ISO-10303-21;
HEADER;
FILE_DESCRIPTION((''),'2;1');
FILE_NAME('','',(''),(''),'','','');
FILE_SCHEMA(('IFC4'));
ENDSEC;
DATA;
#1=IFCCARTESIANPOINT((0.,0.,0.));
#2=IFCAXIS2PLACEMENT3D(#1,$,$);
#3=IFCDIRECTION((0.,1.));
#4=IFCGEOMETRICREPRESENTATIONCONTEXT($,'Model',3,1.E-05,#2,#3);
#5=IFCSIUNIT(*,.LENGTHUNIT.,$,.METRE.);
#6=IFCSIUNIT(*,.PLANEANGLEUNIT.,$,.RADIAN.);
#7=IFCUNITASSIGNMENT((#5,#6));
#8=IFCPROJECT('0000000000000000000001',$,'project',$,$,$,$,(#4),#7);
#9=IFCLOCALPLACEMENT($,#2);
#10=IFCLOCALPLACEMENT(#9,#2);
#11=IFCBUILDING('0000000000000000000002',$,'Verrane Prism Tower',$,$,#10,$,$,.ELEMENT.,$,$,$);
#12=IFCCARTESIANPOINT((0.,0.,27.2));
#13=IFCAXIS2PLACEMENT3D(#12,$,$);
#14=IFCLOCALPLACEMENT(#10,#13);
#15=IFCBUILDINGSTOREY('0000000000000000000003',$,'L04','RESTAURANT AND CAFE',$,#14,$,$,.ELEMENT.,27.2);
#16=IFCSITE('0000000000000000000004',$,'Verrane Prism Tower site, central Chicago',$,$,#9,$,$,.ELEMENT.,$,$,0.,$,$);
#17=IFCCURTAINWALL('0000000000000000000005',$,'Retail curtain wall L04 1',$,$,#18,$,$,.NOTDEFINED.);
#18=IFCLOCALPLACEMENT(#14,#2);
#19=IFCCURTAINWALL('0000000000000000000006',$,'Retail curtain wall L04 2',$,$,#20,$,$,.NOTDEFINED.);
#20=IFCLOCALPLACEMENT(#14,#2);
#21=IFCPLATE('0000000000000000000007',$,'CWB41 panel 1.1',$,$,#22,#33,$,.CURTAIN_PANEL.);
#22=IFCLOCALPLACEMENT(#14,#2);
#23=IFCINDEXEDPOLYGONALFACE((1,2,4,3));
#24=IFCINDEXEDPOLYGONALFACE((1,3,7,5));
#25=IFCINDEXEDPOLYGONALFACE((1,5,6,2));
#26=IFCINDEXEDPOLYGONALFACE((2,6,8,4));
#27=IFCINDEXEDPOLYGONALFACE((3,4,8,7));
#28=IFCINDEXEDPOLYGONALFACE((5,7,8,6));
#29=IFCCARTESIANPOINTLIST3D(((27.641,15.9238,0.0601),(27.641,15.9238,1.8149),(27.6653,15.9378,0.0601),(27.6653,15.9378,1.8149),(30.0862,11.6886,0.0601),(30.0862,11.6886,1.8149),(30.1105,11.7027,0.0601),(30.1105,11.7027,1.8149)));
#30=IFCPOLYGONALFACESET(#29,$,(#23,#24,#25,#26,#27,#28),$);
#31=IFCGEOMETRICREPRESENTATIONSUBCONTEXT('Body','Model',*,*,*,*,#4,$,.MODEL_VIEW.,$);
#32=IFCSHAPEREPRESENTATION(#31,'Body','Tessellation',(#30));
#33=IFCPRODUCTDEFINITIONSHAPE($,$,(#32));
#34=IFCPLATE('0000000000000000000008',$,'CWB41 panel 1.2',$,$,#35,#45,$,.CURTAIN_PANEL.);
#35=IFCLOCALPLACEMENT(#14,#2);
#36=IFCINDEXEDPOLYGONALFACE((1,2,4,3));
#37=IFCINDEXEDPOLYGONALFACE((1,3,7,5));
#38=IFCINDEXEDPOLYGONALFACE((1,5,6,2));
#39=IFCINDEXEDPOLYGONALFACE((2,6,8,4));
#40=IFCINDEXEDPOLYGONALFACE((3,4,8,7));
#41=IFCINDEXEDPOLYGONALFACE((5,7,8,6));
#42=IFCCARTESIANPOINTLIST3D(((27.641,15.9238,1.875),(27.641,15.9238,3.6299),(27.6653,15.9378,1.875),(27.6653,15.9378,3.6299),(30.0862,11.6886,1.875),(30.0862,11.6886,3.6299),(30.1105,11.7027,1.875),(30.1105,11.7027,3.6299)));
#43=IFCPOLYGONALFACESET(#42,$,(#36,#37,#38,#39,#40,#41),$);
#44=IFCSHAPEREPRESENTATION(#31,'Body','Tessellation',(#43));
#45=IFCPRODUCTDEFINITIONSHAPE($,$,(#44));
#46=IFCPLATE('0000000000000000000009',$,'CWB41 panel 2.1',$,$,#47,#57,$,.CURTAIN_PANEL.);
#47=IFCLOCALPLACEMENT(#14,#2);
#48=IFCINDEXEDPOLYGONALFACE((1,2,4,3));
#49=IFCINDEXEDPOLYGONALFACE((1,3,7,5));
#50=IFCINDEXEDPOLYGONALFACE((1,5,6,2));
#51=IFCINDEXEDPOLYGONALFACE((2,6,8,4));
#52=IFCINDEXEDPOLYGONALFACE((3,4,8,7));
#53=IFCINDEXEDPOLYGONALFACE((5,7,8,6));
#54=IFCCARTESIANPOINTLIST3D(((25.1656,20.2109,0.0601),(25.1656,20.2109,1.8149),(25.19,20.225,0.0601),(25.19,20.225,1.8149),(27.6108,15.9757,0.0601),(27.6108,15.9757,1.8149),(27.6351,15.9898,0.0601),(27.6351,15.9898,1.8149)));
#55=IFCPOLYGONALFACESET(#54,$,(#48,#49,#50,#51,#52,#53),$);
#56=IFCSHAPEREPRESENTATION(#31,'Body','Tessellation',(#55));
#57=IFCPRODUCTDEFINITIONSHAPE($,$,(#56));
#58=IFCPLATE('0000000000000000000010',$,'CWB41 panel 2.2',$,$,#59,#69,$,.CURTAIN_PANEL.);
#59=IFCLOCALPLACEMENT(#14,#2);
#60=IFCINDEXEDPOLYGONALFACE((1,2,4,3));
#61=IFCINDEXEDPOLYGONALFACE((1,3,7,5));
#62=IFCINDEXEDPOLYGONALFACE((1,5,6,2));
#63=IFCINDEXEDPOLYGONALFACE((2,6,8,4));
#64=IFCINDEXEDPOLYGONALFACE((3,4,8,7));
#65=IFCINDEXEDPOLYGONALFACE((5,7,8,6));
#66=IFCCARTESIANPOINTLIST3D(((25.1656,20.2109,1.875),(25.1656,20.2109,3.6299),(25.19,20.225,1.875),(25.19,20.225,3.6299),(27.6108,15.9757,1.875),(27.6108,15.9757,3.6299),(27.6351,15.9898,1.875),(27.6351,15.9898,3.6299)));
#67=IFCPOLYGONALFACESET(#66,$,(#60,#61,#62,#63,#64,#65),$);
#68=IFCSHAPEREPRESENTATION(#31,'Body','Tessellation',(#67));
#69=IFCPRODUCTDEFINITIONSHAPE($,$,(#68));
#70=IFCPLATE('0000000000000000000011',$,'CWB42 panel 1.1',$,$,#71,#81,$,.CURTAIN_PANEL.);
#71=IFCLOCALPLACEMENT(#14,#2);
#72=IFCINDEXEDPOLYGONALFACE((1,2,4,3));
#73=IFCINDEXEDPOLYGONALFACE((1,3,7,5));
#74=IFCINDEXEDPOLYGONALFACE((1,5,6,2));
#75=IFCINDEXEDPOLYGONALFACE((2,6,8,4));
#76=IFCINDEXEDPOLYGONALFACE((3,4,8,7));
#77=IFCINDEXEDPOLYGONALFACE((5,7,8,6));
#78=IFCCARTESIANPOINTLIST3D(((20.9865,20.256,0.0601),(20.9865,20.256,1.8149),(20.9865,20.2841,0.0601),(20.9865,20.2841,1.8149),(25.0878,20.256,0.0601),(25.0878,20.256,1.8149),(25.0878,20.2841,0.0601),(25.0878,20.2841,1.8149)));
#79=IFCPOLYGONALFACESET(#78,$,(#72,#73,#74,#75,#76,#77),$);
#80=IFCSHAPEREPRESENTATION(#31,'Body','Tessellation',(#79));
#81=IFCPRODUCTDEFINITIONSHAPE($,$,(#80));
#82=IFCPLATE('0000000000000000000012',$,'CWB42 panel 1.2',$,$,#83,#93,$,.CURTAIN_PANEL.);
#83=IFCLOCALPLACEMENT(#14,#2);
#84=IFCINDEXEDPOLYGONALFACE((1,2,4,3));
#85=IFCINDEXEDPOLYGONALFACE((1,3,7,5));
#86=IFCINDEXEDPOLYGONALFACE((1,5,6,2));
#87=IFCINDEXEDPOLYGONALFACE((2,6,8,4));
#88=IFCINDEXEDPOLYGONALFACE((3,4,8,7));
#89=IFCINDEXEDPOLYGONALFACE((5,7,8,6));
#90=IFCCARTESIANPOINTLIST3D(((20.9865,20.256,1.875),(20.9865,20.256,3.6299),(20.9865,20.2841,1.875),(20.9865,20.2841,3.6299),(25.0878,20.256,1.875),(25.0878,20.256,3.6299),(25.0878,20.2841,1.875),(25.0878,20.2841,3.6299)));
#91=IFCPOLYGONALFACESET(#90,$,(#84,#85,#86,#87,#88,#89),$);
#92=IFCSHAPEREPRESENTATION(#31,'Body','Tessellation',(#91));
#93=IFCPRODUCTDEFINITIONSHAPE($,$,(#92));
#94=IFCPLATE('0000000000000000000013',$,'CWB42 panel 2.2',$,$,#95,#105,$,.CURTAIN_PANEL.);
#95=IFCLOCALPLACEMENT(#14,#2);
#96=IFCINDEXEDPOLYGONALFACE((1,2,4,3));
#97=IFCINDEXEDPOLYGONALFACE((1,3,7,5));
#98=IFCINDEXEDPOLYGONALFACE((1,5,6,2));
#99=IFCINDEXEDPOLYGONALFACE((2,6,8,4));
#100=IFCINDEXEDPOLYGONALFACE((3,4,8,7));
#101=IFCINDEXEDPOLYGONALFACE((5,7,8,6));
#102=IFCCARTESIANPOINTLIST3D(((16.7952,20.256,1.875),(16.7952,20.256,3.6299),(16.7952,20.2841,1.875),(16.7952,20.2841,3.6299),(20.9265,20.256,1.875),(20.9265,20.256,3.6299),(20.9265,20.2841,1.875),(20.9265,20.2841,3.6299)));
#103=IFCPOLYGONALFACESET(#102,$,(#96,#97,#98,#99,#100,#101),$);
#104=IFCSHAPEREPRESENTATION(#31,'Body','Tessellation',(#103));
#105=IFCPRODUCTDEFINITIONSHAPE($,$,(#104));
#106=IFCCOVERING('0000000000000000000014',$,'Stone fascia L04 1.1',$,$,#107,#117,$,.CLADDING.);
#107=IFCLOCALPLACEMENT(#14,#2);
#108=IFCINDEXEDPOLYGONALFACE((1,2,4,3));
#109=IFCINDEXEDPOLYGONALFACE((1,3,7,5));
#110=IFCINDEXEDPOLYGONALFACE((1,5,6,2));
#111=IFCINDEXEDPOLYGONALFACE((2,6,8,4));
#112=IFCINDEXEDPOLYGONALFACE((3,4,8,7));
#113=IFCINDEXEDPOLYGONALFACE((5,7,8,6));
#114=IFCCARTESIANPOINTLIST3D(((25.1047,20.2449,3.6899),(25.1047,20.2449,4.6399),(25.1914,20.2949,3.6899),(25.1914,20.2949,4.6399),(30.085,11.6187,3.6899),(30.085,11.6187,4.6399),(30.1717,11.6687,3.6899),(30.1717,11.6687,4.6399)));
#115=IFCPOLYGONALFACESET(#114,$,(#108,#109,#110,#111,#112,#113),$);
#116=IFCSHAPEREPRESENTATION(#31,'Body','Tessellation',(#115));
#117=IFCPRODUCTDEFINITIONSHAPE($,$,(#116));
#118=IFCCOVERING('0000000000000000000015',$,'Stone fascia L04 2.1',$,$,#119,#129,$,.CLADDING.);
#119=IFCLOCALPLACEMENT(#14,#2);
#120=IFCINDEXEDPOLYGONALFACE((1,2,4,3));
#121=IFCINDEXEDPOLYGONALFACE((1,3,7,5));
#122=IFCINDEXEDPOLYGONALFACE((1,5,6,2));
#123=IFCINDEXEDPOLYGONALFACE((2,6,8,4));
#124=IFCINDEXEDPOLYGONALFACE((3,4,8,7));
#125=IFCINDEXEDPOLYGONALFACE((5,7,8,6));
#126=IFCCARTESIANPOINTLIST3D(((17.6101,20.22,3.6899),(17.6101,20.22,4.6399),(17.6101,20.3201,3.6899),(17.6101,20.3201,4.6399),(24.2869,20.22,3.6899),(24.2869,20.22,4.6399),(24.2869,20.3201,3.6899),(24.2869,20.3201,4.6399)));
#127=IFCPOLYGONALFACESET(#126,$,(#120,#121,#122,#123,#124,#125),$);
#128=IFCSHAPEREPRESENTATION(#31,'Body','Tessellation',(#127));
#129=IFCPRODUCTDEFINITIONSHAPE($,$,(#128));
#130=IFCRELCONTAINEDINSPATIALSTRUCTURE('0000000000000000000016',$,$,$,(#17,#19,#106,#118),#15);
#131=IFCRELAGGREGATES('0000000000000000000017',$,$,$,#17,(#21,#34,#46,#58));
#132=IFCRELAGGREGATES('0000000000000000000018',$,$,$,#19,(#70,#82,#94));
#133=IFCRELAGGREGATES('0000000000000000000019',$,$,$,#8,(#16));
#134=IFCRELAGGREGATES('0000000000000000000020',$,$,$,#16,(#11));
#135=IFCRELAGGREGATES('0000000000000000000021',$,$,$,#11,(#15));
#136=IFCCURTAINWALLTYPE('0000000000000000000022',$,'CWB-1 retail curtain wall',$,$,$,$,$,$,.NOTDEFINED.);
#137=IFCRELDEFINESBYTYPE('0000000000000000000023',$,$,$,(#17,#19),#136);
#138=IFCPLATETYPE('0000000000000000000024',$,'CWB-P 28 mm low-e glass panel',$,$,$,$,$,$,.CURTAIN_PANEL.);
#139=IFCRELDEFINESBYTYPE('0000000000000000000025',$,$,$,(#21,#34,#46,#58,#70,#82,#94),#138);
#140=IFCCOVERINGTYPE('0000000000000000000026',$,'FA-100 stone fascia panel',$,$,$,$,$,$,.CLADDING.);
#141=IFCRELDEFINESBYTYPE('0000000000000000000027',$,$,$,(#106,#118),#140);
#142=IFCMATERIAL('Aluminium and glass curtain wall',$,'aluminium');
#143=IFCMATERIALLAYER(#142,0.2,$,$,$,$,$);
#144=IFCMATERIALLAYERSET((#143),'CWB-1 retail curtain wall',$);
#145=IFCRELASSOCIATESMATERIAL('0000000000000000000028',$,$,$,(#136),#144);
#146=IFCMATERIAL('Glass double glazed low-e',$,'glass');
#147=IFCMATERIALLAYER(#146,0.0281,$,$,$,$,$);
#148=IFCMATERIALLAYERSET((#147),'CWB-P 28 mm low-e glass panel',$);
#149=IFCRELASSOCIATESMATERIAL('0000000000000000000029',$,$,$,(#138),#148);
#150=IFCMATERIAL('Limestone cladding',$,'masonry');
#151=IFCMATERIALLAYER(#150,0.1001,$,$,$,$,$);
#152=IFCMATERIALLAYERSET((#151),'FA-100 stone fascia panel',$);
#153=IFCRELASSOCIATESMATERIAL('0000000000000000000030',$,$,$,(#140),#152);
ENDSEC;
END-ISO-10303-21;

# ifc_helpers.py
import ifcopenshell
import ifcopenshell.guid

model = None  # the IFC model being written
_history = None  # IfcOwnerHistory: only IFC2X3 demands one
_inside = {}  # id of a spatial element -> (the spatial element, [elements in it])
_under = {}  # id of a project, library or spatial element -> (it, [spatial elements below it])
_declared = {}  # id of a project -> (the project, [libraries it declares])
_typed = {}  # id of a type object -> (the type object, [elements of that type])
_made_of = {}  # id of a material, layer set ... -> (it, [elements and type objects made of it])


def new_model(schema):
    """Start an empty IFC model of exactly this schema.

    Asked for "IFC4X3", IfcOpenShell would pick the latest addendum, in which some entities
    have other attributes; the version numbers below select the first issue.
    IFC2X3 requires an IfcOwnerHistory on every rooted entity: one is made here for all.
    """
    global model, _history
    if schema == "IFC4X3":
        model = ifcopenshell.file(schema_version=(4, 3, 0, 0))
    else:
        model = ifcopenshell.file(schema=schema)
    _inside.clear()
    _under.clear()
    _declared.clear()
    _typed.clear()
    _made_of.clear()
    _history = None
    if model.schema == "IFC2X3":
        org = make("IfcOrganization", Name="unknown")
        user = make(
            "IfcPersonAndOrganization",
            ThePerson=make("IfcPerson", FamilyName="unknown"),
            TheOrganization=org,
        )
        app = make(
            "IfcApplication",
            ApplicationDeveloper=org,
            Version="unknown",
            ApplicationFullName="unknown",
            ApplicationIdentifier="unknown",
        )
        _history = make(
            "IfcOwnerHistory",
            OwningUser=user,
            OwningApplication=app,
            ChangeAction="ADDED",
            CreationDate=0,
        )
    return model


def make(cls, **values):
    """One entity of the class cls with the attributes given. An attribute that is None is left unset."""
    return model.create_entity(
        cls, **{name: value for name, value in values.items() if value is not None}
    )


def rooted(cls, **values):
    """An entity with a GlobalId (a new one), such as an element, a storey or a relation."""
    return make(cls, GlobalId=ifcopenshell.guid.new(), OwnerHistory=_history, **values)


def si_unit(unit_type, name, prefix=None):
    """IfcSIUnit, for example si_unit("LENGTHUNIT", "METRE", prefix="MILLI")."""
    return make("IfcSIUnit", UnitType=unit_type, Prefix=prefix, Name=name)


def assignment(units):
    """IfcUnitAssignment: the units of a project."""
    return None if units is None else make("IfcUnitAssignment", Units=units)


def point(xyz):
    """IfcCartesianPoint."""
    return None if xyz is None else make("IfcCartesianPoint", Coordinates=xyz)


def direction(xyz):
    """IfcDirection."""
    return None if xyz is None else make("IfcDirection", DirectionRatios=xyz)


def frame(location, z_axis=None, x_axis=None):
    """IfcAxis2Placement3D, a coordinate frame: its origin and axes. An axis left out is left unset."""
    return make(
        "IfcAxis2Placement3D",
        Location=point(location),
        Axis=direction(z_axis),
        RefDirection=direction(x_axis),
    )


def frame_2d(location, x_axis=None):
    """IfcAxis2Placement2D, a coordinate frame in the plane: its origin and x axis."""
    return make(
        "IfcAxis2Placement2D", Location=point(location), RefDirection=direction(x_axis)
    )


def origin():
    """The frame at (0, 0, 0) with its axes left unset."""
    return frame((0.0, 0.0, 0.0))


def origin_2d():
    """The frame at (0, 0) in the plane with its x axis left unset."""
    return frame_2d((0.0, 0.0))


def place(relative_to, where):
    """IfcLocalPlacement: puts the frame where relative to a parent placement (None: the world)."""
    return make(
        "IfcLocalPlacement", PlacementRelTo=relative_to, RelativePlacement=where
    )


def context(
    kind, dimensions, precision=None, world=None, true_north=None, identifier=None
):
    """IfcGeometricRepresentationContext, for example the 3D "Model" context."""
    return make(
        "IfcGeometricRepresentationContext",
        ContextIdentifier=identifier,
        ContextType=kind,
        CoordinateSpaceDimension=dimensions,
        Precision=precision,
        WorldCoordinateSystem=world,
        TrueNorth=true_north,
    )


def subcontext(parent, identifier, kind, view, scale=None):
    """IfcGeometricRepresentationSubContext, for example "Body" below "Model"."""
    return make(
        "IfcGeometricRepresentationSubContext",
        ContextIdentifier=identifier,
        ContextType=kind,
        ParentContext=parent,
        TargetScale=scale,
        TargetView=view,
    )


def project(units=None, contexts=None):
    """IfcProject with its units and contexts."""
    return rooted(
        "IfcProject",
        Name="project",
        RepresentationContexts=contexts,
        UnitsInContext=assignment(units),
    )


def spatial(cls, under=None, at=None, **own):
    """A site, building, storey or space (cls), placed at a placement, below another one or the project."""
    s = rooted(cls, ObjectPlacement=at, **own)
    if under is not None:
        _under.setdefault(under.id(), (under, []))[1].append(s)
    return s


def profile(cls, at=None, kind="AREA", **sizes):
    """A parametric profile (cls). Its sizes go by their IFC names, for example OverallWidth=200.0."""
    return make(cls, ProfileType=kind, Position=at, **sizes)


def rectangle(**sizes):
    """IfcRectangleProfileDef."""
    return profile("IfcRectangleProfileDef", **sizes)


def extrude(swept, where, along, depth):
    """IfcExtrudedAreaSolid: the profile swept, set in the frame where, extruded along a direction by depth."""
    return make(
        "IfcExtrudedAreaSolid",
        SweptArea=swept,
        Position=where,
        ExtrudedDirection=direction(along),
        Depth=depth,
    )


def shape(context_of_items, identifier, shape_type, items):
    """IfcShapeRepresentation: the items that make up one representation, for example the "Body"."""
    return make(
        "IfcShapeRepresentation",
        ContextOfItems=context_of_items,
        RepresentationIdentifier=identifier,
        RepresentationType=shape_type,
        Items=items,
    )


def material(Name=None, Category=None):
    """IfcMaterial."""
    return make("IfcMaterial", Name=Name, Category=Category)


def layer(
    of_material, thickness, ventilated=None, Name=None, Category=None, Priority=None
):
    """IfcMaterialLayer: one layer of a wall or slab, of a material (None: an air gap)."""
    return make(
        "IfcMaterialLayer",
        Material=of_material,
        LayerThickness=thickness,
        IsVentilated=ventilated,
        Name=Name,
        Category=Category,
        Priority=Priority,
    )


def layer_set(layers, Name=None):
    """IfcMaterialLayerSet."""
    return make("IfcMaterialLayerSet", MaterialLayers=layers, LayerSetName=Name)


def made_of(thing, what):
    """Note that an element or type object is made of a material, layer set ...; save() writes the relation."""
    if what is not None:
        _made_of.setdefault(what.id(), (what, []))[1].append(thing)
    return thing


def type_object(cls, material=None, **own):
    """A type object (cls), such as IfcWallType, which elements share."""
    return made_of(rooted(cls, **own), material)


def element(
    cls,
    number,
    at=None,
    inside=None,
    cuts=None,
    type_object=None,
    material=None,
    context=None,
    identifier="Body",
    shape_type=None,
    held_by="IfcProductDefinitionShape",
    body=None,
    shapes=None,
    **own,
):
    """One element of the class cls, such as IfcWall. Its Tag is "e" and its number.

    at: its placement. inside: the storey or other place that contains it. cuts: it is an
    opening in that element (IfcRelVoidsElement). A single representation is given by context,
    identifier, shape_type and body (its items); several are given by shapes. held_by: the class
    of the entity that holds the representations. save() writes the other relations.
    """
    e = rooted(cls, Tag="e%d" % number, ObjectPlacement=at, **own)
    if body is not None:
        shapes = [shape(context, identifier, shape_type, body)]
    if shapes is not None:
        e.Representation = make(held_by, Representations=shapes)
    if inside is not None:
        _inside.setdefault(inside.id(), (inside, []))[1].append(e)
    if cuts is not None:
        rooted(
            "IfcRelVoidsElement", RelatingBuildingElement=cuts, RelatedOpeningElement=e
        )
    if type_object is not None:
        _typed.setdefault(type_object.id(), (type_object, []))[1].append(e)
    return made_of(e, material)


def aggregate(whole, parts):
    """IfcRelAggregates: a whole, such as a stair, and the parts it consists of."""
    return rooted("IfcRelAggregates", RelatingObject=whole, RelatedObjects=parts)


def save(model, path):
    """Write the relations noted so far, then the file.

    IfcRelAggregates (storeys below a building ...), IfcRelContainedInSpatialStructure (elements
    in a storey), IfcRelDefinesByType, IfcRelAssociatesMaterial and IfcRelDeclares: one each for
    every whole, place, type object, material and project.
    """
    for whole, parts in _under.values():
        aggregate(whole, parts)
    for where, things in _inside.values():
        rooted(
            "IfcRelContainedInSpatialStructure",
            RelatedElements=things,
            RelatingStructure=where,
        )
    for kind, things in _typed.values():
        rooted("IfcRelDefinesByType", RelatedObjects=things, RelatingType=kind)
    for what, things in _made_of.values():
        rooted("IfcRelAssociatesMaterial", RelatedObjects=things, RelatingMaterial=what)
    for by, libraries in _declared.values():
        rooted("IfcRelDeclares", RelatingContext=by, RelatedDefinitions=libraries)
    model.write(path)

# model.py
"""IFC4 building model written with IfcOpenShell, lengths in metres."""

from ifc_helpers import new_model, si_unit, direction, frame, origin, origin_2d, place, context, subcontext, project, spatial, rectangle, extrude, material, layer, layer_set, type_object, element, aggregate, save


model = new_model("IFC4")

# Units and contexts
model_context = context("Model", 3, precision=1e-05, world=origin(), true_north=direction((0.0, 1.0)))
body_context = subcontext(model_context, "Body", "Model", "MODEL_VIEW")
ifc_project = project(units=[si_unit("LENGTHUNIT", "METRE"), si_unit("PLANEANGLEUNIT", "RADIAN")], contexts=[model_context])

# Site, building, storey
site_placement = place(None, origin())
site = spatial("IfcSite", under=ifc_project, at=site_placement, Name="Verrane Prism Tower site, central Chicago", CompositionType="ELEMENT", RefElevation=0.0)
building_placement = place(site_placement, origin())
building = spatial("IfcBuilding", under=site, at=building_placement, Name="Verrane Prism Tower", CompositionType="ELEMENT")
storey_placement = place(building_placement, frame((0.0, 0.0, 27.2)))
storey = spatial("IfcBuildingStorey", under=building, at=storey_placement, Name="L04", Description="RESTAURANT AND CAFE", CompositionType="ELEMENT", Elevation=27.2)

# Curtain walls
ifc_material_1 = material(Name="Aluminium and glass curtain wall", Category="aluminium")
ifc_layer_1 = layer(ifc_material_1, 0.2)
ifc_layer_set_1 = layer_set([ifc_layer_1], Name="CWB-1 retail curtain wall")
curtain_wall_type = type_object("IfcCurtainWallType", Name="CWB-1 retail curtain wall", PredefinedType="NOTDEFINED", material=ifc_layer_set_1)
curtain_wall_1_placement = place(storey_placement, origin())
curtain_wall_1 = element("IfcCurtainWall", 1, at=curtain_wall_1_placement, inside=storey, type_object=curtain_wall_type, Name="Retail curtain wall L04 1", PredefinedType="NOTDEFINED")
curtain_wall_2_placement = place(storey_placement, origin())
curtain_wall_2 = element("IfcCurtainWall", 2, at=curtain_wall_2_placement, inside=storey, type_object=curtain_wall_type, Name="Retail curtain wall L04 2", PredefinedType="NOTDEFINED")

# Plates
ifc_material_2 = material(Name="Glass double glazed low-e", Category="glass")
ifc_layer_2 = layer(ifc_material_2, 0.0281)
ifc_layer_set_2 = layer_set([ifc_layer_2], Name="CWB-P 28 mm low-e glass panel")
plate_type = type_object("IfcPlateType", Name="CWB-P 28 mm low-e glass panel", PredefinedType="CURTAIN_PANEL", material=ifc_layer_set_2)
plate_1_placement = place(storey_placement, frame((28.8757, 13.8132, 0.0601), z_axis=(0.0, 0.0, 1.0), x_axis=(-0.499999, 0.866026, 0.0)))
plate_1 = element("IfcPlate", 3, at=plate_1_placement, type_object=plate_type, Name="CWB41 panel 1.1", PredefinedType="CURTAIN_PANEL", context=body_context, shape_type="SweptSolid", body=[
    extrude(rectangle(XDim=4.8904, YDim=0.0281, at=origin_2d()), origin(), (0.0, 0.0, 1.0), 1.7549),
])
plate_2_placement = place(storey_placement, frame((28.8757, 13.8132, 1.875), z_axis=(0.0, 0.0, 1.0), x_axis=(-0.499999, 0.866026, 0.0)))
plate_2 = element("IfcPlate", 4, at=plate_2_placement, type_object=plate_type, Name="CWB41 panel 1.2", PredefinedType="CURTAIN_PANEL", context=body_context, shape_type="SweptSolid", body=[
    extrude(rectangle(XDim=4.8904, YDim=0.0281, at=origin_2d()), origin(), (0.0, 0.0, 1.0), 1.7549),
])
plate_3_placement = place(storey_placement, frame((26.4004, 18.1003, 0.0601), z_axis=(0.0, 0.0, 1.0), x_axis=(-0.499999, 0.866026, 0.0)))
plate_3 = element("IfcPlate", 5, at=plate_3_placement, type_object=plate_type, Name="CWB41 panel 2.1", PredefinedType="CURTAIN_PANEL", context=body_context, shape_type="SweptSolid", body=[
    extrude(rectangle(XDim=4.8904, YDim=0.0281, at=origin_2d()), origin(), (0.0, 0.0, 1.0), 1.7549),
])
plate_4_placement = place(storey_placement, frame((26.4004, 18.1003, 1.875), z_axis=(0.0, 0.0, 1.0), x_axis=(-0.499999, 0.866026, 0.0)))
plate_4 = element("IfcPlate", 6, at=plate_4_placement, type_object=plate_type, Name="CWB41 panel 2.2", PredefinedType="CURTAIN_PANEL", context=body_context, shape_type="SweptSolid", body=[
    extrude(rectangle(XDim=4.8904, YDim=0.0281, at=origin_2d()), origin(), (0.0, 0.0, 1.0), 1.7549),
])
aggregate(curtain_wall_1, [plate_1, plate_2, plate_3, plate_4])
plate_5_placement = place(storey_placement, frame((23.0371, 20.27, 0.0601), z_axis=(0.0, 0.0, 1.0), x_axis=(-1.0, 0.0, 0.0)))
plate_5 = element("IfcPlate", 7, at=plate_5_placement, type_object=plate_type, Name="CWB42 panel 1.1", PredefinedType="CURTAIN_PANEL", context=body_context, shape_type="SweptSolid", body=[
    extrude(rectangle(XDim=4.1013, YDim=0.0281, at=origin_2d()), origin(), (0.0, 0.0, 1.0), 1.7549),
])
plate_6_placement = place(storey_placement, frame((23.0371, 20.27, 1.875), z_axis=(0.0, 0.0, 1.0), x_axis=(-1.0, 0.0, 0.0)))
plate_6 = element("IfcPlate", 8, at=plate_6_placement, type_object=plate_type, Name="CWB42 panel 1.2", PredefinedType="CURTAIN_PANEL", context=body_context, shape_type="SweptSolid", body=[
    extrude(rectangle(XDim=4.1013, YDim=0.0281, at=origin_2d()), origin(), (0.0, 0.0, 1.0), 1.7549),
])
plate_7_placement = place(storey_placement, frame((18.8608, 20.27, 1.875), z_axis=(0.0, 0.0, 1.0), x_axis=(-1.0, 0.0, 0.0)))
plate_7 = element("IfcPlate", 9, at=plate_7_placement, type_object=plate_type, Name="CWB42 panel 2.2", PredefinedType="CURTAIN_PANEL", context=body_context, shape_type="SweptSolid", body=[
    extrude(rectangle(XDim=4.1313, YDim=0.0281, at=origin_2d()), origin(), (0.0, 0.0, 1.0), 1.7549),
])
aggregate(curtain_wall_2, [plate_5, plate_6, plate_7])

# Coverings
ifc_material_3 = material(Name="Limestone cladding", Category="masonry")
ifc_layer_3 = layer(ifc_material_3, 0.1001)
ifc_layer_set_3 = layer_set([ifc_layer_3], Name="FA-100 stone fascia panel")
covering_type = type_object("IfcCoveringType", Name="FA-100 stone fascia panel", PredefinedType="CLADDING", material=ifc_layer_set_3)
covering_1_placement = place(storey_placement, frame((27.6382, 15.9568, 3.6899), z_axis=(0.0, 0.0, 1.0), x_axis=(-0.499999, 0.866026, 0.0)))
element("IfcCovering", 10, at=covering_1_placement, inside=storey, type_object=covering_type, Name="Stone fascia L04 1.1", PredefinedType="CLADDING", context=body_context, shape_type="SweptSolid", body=[
    extrude(rectangle(XDim=9.9607, YDim=0.1001, at=origin_2d()), origin(), (0.0, 0.0, 1.0), 0.95),
])
covering_2_placement = place(storey_placement, frame((20.9485, 20.27, 3.6899), z_axis=(0.0, 0.0, 1.0), x_axis=(-1.0, 0.0, 0.0)))
element("IfcCovering", 11, at=covering_2_placement, inside=storey, type_object=covering_type, Name="Stone fascia L04 2.1", PredefinedType="CLADDING", context=body_context, shape_type="SweptSolid", body=[
    extrude(rectangle(XDim=6.6768, YDim=0.1001, at=origin_2d()), origin(), (0.0, 0.0, 1.0), 0.95),
])

save(model, "model.ifc")
